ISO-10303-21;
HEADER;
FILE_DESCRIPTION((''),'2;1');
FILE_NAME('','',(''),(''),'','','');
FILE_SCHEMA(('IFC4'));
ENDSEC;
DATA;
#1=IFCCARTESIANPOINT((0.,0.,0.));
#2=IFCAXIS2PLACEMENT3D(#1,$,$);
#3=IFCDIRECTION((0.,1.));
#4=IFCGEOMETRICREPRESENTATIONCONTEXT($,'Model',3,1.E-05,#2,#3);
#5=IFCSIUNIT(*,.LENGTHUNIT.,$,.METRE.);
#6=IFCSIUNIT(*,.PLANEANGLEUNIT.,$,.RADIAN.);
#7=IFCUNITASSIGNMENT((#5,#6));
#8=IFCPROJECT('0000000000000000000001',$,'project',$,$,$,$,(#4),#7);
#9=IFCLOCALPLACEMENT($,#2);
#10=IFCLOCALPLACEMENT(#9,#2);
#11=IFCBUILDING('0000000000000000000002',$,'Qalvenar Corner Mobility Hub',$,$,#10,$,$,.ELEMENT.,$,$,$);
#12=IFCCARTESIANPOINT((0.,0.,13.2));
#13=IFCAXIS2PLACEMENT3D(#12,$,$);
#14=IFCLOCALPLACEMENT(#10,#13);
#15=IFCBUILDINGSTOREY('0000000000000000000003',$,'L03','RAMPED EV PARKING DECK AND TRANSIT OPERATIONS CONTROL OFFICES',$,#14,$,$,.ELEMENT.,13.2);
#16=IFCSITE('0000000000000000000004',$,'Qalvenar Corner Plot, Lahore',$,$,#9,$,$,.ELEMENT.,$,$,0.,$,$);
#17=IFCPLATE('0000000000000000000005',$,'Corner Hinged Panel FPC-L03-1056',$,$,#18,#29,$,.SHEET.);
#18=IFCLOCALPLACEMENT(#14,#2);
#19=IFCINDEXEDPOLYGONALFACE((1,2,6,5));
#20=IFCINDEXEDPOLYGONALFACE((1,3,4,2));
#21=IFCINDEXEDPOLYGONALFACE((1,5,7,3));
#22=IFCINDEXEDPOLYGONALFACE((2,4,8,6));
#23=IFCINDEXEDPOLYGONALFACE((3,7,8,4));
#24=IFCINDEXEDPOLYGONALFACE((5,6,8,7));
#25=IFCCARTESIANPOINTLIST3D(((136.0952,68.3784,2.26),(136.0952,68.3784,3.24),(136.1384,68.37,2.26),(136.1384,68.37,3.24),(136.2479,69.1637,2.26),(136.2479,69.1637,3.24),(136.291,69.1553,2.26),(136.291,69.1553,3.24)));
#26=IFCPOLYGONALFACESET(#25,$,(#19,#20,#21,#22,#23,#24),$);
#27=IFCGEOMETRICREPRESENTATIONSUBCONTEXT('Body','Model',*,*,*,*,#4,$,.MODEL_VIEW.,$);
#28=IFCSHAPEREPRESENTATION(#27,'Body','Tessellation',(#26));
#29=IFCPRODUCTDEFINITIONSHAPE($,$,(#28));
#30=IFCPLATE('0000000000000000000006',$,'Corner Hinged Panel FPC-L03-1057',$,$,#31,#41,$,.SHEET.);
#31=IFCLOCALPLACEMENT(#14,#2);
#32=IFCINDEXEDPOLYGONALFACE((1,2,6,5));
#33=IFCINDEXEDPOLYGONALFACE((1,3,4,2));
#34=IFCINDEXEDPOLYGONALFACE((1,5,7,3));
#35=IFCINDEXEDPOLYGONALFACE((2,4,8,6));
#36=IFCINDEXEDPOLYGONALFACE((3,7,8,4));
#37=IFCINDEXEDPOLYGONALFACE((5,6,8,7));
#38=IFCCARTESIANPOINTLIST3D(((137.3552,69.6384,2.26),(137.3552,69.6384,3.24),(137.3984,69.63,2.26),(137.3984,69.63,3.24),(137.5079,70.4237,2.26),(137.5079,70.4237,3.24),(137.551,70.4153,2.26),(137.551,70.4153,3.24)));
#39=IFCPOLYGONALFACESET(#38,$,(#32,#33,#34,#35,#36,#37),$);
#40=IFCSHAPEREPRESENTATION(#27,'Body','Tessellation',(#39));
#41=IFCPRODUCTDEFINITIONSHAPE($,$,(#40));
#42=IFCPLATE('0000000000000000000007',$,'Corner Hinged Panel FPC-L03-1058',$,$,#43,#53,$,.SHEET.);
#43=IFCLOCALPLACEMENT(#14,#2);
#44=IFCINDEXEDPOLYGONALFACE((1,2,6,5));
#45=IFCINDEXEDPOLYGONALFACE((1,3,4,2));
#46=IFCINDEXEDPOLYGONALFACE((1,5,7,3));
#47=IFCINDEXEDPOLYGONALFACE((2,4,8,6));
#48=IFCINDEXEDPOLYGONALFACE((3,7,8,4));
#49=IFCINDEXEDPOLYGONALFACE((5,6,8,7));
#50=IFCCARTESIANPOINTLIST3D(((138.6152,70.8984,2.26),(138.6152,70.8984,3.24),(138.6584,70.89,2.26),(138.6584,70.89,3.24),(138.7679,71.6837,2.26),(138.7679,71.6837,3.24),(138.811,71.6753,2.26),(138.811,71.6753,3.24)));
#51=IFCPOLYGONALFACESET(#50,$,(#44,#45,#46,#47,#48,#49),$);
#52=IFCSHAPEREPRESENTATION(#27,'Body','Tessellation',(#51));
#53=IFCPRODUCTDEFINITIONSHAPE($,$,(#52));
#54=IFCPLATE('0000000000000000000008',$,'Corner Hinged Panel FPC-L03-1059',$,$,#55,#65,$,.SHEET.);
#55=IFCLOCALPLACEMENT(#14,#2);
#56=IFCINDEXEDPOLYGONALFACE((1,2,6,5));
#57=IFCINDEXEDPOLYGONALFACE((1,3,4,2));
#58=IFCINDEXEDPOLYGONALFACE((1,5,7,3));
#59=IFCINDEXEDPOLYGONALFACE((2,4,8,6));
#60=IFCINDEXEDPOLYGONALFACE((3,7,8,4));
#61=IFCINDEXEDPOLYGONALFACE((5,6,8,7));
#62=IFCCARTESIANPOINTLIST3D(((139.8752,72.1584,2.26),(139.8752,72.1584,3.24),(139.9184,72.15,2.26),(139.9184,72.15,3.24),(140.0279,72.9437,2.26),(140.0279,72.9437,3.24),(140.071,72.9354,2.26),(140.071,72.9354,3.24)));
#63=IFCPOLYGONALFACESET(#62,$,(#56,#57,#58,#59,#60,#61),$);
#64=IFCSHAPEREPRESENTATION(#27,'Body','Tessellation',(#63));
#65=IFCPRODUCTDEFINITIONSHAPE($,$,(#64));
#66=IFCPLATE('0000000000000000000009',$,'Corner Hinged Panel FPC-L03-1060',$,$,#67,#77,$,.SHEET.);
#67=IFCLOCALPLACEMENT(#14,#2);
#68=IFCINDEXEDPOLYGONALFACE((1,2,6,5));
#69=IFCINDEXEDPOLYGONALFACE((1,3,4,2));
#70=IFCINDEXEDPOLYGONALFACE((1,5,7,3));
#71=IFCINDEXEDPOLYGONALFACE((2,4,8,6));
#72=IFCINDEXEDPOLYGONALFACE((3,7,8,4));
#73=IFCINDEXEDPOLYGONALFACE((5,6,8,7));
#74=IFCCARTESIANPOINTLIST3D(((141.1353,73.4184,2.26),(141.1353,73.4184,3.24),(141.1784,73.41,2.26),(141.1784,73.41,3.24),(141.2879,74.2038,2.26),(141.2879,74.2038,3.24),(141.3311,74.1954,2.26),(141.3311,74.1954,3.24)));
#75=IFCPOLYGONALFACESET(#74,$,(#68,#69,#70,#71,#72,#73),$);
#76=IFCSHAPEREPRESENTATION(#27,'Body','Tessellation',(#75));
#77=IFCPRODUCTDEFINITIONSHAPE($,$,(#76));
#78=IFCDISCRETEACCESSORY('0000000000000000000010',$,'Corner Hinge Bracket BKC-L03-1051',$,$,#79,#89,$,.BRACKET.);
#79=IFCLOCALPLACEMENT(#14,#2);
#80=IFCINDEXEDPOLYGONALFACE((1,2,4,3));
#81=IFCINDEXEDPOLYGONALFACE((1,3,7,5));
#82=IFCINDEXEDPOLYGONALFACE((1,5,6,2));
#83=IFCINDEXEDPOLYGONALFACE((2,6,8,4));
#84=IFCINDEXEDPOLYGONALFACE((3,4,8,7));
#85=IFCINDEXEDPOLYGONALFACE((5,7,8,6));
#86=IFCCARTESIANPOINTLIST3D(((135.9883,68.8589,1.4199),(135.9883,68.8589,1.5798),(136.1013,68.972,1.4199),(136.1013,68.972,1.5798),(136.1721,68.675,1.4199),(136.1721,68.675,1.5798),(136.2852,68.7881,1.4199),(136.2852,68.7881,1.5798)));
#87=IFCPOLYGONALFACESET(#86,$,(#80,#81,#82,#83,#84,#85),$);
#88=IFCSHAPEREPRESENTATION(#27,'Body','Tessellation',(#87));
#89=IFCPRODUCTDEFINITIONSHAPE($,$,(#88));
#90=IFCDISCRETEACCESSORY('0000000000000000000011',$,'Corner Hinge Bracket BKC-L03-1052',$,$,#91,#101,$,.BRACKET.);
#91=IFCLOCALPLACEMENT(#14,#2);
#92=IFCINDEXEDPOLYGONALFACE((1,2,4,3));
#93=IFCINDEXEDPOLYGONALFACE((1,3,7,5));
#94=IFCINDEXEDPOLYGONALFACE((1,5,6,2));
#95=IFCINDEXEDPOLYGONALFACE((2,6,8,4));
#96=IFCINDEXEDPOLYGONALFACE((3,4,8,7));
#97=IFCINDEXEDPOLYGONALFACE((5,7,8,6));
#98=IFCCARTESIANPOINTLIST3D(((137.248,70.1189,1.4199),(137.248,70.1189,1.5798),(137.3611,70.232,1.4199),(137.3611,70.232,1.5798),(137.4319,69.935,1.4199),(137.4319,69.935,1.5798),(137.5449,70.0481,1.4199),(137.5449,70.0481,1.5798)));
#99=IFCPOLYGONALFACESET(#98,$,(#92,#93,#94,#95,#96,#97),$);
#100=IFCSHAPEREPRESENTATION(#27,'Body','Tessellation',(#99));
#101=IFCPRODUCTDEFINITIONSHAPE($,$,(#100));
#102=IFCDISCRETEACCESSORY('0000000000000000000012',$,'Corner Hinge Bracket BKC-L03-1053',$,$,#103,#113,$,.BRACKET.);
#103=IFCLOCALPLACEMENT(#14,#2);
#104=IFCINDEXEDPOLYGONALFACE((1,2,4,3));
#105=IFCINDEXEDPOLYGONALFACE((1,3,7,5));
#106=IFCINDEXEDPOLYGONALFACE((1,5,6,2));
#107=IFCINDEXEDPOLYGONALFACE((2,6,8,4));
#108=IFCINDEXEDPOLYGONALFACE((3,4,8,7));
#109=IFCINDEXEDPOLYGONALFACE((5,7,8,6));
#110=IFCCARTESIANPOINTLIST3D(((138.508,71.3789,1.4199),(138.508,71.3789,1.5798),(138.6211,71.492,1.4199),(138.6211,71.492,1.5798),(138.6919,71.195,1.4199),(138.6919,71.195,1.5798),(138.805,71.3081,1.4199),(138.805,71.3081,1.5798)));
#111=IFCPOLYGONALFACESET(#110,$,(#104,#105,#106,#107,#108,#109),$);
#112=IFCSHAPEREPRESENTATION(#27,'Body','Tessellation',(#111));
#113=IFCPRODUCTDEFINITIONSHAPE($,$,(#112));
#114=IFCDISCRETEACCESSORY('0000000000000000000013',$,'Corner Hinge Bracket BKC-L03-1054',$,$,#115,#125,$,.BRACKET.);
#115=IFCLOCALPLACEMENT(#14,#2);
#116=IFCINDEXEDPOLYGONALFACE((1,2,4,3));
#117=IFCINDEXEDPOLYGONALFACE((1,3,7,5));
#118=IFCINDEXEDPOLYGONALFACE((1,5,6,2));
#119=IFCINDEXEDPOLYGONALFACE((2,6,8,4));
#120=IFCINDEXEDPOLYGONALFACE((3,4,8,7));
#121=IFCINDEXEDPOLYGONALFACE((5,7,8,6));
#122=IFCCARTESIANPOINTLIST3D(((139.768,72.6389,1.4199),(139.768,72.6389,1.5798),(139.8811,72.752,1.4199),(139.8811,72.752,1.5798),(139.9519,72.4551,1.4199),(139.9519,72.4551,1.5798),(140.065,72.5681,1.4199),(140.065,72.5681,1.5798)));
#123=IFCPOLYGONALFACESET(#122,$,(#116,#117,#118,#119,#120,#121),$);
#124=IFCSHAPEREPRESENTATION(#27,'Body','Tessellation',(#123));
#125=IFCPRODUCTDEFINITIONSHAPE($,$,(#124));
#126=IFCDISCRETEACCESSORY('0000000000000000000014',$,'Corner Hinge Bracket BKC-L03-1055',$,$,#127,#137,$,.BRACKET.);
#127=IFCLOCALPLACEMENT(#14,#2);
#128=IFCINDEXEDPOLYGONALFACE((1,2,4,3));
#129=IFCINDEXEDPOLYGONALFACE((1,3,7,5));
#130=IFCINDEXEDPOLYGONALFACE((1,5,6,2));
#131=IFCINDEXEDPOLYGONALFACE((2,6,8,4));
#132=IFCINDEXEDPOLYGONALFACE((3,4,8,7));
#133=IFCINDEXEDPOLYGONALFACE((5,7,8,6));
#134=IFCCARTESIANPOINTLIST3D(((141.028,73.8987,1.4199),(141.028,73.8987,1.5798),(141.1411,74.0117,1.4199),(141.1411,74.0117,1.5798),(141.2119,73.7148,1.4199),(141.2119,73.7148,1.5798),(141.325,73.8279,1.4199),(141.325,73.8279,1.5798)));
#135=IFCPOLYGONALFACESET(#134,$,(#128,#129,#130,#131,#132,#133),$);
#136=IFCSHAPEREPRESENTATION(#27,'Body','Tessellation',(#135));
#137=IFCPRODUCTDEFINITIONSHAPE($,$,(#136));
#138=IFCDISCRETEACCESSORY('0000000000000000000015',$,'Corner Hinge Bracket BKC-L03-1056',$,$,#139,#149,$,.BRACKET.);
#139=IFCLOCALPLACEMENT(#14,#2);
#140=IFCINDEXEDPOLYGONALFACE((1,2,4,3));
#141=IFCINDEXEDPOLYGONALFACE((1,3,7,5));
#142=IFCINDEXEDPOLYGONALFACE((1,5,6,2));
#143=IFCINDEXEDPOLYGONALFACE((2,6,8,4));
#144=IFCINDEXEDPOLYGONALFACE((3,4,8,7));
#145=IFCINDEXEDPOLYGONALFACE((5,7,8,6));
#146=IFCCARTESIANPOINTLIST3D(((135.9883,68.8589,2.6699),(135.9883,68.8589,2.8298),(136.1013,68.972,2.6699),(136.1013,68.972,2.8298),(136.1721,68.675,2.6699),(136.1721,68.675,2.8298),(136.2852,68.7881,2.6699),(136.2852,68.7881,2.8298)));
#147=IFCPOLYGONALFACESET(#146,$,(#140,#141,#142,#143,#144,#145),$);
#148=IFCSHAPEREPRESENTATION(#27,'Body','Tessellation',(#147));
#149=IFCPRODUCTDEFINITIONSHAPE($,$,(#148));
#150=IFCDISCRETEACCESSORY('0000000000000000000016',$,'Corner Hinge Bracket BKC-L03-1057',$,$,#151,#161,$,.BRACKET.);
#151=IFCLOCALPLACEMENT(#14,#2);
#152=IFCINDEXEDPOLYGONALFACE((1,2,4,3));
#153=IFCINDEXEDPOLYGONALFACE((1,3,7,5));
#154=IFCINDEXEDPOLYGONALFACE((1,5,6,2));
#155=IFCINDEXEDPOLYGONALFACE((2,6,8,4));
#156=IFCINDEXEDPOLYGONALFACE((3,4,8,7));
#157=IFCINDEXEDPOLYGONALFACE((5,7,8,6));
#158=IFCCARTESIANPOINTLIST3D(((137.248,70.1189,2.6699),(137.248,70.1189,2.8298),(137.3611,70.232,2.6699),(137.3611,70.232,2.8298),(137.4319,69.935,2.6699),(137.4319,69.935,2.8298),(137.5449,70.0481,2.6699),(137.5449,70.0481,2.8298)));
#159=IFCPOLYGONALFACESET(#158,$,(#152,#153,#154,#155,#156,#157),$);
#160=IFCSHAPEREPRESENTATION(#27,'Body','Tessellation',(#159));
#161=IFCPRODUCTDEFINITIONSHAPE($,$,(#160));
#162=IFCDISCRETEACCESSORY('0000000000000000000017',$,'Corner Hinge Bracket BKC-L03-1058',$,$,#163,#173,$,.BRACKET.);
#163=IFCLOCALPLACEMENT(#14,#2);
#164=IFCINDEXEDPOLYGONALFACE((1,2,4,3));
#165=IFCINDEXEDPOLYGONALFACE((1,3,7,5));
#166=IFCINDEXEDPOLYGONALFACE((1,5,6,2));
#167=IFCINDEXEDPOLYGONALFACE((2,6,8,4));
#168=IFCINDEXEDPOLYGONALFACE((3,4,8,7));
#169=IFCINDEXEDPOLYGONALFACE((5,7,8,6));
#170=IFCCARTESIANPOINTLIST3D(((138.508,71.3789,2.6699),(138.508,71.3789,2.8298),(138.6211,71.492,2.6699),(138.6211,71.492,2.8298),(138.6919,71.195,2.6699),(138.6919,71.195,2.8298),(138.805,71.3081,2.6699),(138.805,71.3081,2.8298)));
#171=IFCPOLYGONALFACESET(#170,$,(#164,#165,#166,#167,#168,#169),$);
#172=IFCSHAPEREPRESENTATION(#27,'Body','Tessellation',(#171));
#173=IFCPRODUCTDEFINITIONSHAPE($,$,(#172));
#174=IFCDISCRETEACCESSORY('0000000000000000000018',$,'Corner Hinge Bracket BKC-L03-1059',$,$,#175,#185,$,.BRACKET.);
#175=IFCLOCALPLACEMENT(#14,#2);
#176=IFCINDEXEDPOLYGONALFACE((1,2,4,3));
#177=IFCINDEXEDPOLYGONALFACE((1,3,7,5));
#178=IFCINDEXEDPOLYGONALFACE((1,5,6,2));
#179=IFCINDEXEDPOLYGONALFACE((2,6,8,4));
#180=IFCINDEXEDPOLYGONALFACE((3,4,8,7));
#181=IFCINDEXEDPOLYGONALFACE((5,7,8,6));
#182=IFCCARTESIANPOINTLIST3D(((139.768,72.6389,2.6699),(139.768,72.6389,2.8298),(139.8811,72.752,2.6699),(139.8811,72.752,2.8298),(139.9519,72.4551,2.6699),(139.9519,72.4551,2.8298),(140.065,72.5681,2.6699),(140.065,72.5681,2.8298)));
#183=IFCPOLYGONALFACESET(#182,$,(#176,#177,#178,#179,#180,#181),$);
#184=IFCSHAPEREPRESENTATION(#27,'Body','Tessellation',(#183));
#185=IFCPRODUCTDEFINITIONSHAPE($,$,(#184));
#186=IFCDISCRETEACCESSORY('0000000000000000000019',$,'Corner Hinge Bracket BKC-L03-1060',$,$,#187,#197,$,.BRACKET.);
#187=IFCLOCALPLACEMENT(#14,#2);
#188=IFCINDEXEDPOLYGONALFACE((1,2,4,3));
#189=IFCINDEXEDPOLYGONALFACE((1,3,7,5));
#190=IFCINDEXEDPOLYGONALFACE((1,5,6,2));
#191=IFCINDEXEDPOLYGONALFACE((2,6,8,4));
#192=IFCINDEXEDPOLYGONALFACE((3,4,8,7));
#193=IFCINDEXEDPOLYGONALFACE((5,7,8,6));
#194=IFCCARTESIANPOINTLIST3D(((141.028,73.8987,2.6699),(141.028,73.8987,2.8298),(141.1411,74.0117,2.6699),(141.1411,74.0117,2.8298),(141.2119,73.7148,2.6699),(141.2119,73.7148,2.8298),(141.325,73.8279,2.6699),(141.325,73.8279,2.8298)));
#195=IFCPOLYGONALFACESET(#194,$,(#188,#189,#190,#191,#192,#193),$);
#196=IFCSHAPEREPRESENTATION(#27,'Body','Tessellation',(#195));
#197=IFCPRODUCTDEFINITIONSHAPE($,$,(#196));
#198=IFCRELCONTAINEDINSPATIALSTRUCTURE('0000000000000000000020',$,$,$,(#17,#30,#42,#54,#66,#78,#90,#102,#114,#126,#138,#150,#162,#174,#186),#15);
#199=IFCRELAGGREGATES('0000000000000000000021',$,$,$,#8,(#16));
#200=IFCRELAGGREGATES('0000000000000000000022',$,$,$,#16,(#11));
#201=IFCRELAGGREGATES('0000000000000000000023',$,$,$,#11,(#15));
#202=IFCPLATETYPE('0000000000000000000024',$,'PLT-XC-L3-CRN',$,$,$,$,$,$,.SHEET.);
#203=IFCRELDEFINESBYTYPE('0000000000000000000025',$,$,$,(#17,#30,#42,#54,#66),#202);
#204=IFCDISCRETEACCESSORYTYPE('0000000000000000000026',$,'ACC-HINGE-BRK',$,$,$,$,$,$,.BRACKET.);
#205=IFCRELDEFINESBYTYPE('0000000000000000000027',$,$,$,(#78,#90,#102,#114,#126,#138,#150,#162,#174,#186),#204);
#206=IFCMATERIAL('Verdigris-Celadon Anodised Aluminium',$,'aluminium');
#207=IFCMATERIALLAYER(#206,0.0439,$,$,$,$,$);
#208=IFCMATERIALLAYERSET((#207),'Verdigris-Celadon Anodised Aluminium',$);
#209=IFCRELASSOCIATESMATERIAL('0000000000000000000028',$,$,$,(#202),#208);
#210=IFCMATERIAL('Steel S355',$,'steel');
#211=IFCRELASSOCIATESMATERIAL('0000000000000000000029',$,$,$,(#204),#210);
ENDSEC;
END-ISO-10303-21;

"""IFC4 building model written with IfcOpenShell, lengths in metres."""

from ifc_helpers import new_model, si_unit, direction, frame, origin, origin_2d, place, context, subcontext, project, spatial, rectangle, extrude, material, layer, layer_set, type_object, element, save


model = new_model("IFC4")

# Units and contexts
model_context = context("Model", 3, precision=1e-05, world=origin(), true_north=direction((0.0, 1.0)))
body_context = subcontext(model_context, "Body", "Model", "MODEL_VIEW")
ifc_project = project(units=[si_unit("LENGTHUNIT", "METRE"), si_unit("PLANEANGLEUNIT", "RADIAN")], contexts=[model_context])

# Site, building, storey
site_placement = place(None, origin())
site = spatial("IfcSite", under=ifc_project, at=site_placement, Name="Qalvenar Corner Plot, Lahore", CompositionType="ELEMENT", RefElevation=0.0)
building_placement = place(site_placement, origin())
building = spatial("IfcBuilding", under=site, at=building_placement, Name="Qalvenar Corner Mobility Hub", CompositionType="ELEMENT")
storey_placement = place(building_placement, frame((0.0, 0.0, 13.2)))
storey = spatial("IfcBuildingStorey", under=building, at=storey_placement, Name="L03", Description="RAMPED EV PARKING DECK AND TRANSIT OPERATIONS CONTROL OFFICES", CompositionType="ELEMENT", Elevation=13.2)

# Shared definitions
ifc_material_1 = material(Name="Steel S355", Category="steel")

# Plates
ifc_material_2 = material(Name="Verdigris-Celadon Anodised Aluminium", Category="aluminium")
ifc_layer = layer(ifc_material_2, 0.0439)
ifc_layer_set = layer_set([ifc_layer], Name="Verdigris-Celadon Anodised Aluminium")
plate_type = type_object("IfcPlateType", Name="PLT-XC-L3-CRN", PredefinedType="SHEET", material=ifc_layer_set)
for number, where, z_axis, x_axis, name in (
    (1, (136.1931, 68.7668, 2.26), (0.0, 0.0, 1.0), (0.190809, 0.981627, 0.0), "Corner Hinged Panel FPC-L03-1056"),
    (2, (137.4531, 70.0269, 2.26), (0.0, 0.0, 1.0), (0.190809, 0.981627, 0.0), "Corner Hinged Panel FPC-L03-1057"),
    (3, (138.7131, 71.2869, 2.26), (0.0, 0.0, 1.0), (0.190809, 0.981627, 0.0), "Corner Hinged Panel FPC-L03-1058"),
    (4, (139.9731, 72.5469, 2.26), (0.0, 0.0, 1.0), (0.190809, 0.981627, 0.0), "Corner Hinged Panel FPC-L03-1059"),
    (5, (141.2332, 73.8069, 2.26), (0.0, 0.0, 1.0), (0.190809, 0.981627, 0.0), "Corner Hinged Panel FPC-L03-1060"),
):
    element("IfcPlate", number, at=place(storey_placement, frame(where, z_axis=z_axis, x_axis=x_axis)), inside=storey, type_object=plate_type, Name=name, PredefinedType="SHEET", context=body_context, shape_type="SweptSolid", body=[
        extrude(rectangle(XDim=0.8, YDim=0.0439, at=origin_2d()), origin(), (0.0, 0.0, 1.0), 0.98),
    ])

# Discrete accessories
discrete_accessory_type = type_object("IfcDiscreteAccessoryType", Name="ACC-HINGE-BRK", PredefinedType="BRACKET", material=ifc_material_1)
for number, where, z_axis, x_axis, name in (
    (6, (136.1367, 68.8235, 1.4199), (0.0, 0.0, 1.0), (0.707107, 0.707107, 0.0), "Corner Hinge Bracket BKC-L03-1051"),
    (7, (137.3965, 70.0835, 1.4199), (0.0, 0.0, 1.0), (0.707107, 0.707107, 0.0), "Corner Hinge Bracket BKC-L03-1052"),
    (8, (138.6565, 71.3435, 1.4199), (0.0, 0.0, 1.0), (0.707107, 0.707107, 0.0), "Corner Hinge Bracket BKC-L03-1053"),
    (9, (139.9165, 72.6035, 1.4199), (0.0, 0.0, 1.0), (0.707107, 0.707107, 0.0), "Corner Hinge Bracket BKC-L03-1054"),
    (10, (141.1765, 73.8633, 1.4199), (0.0, 0.0, 1.0), (0.707107, 0.707107, 0.0), "Corner Hinge Bracket BKC-L03-1055"),
    (11, (136.1367, 68.8235, 2.6699), (0.0, 0.0, 1.0), (0.707107, 0.707107, 0.0), "Corner Hinge Bracket BKC-L03-1056"),
    (12, (137.3965, 70.0835, 2.6699), (0.0, 0.0, 1.0), (0.707107, 0.707107, 0.0), "Corner Hinge Bracket BKC-L03-1057"),
    (13, (138.6565, 71.3435, 2.6699), (0.0, 0.0, 1.0), (0.707107, 0.707107, 0.0), "Corner Hinge Bracket BKC-L03-1058"),
    (14, (139.9165, 72.6035, 2.6699), (0.0, 0.0, 1.0), (0.707107, 0.707107, 0.0), "Corner Hinge Bracket BKC-L03-1059"),
    (15, (141.1765, 73.8633, 2.6699), (0.0, 0.0, 1.0), (0.707107, 0.707107, 0.0), "Corner Hinge Bracket BKC-L03-1060"),
):
    element("IfcDiscreteAccessory", number, at=place(storey_placement, frame(where, z_axis=z_axis, x_axis=x_axis)), inside=storey, type_object=discrete_accessory_type, Name=name, PredefinedType="BRACKET", context=body_context, shape_type="SweptSolid", body=[
        extrude(rectangle(XDim=0.1599, YDim=0.26, at=origin_2d()), origin(), (0.0, 0.0, 1.0), 0.1599),
    ])

save(model, "model.ifc")
